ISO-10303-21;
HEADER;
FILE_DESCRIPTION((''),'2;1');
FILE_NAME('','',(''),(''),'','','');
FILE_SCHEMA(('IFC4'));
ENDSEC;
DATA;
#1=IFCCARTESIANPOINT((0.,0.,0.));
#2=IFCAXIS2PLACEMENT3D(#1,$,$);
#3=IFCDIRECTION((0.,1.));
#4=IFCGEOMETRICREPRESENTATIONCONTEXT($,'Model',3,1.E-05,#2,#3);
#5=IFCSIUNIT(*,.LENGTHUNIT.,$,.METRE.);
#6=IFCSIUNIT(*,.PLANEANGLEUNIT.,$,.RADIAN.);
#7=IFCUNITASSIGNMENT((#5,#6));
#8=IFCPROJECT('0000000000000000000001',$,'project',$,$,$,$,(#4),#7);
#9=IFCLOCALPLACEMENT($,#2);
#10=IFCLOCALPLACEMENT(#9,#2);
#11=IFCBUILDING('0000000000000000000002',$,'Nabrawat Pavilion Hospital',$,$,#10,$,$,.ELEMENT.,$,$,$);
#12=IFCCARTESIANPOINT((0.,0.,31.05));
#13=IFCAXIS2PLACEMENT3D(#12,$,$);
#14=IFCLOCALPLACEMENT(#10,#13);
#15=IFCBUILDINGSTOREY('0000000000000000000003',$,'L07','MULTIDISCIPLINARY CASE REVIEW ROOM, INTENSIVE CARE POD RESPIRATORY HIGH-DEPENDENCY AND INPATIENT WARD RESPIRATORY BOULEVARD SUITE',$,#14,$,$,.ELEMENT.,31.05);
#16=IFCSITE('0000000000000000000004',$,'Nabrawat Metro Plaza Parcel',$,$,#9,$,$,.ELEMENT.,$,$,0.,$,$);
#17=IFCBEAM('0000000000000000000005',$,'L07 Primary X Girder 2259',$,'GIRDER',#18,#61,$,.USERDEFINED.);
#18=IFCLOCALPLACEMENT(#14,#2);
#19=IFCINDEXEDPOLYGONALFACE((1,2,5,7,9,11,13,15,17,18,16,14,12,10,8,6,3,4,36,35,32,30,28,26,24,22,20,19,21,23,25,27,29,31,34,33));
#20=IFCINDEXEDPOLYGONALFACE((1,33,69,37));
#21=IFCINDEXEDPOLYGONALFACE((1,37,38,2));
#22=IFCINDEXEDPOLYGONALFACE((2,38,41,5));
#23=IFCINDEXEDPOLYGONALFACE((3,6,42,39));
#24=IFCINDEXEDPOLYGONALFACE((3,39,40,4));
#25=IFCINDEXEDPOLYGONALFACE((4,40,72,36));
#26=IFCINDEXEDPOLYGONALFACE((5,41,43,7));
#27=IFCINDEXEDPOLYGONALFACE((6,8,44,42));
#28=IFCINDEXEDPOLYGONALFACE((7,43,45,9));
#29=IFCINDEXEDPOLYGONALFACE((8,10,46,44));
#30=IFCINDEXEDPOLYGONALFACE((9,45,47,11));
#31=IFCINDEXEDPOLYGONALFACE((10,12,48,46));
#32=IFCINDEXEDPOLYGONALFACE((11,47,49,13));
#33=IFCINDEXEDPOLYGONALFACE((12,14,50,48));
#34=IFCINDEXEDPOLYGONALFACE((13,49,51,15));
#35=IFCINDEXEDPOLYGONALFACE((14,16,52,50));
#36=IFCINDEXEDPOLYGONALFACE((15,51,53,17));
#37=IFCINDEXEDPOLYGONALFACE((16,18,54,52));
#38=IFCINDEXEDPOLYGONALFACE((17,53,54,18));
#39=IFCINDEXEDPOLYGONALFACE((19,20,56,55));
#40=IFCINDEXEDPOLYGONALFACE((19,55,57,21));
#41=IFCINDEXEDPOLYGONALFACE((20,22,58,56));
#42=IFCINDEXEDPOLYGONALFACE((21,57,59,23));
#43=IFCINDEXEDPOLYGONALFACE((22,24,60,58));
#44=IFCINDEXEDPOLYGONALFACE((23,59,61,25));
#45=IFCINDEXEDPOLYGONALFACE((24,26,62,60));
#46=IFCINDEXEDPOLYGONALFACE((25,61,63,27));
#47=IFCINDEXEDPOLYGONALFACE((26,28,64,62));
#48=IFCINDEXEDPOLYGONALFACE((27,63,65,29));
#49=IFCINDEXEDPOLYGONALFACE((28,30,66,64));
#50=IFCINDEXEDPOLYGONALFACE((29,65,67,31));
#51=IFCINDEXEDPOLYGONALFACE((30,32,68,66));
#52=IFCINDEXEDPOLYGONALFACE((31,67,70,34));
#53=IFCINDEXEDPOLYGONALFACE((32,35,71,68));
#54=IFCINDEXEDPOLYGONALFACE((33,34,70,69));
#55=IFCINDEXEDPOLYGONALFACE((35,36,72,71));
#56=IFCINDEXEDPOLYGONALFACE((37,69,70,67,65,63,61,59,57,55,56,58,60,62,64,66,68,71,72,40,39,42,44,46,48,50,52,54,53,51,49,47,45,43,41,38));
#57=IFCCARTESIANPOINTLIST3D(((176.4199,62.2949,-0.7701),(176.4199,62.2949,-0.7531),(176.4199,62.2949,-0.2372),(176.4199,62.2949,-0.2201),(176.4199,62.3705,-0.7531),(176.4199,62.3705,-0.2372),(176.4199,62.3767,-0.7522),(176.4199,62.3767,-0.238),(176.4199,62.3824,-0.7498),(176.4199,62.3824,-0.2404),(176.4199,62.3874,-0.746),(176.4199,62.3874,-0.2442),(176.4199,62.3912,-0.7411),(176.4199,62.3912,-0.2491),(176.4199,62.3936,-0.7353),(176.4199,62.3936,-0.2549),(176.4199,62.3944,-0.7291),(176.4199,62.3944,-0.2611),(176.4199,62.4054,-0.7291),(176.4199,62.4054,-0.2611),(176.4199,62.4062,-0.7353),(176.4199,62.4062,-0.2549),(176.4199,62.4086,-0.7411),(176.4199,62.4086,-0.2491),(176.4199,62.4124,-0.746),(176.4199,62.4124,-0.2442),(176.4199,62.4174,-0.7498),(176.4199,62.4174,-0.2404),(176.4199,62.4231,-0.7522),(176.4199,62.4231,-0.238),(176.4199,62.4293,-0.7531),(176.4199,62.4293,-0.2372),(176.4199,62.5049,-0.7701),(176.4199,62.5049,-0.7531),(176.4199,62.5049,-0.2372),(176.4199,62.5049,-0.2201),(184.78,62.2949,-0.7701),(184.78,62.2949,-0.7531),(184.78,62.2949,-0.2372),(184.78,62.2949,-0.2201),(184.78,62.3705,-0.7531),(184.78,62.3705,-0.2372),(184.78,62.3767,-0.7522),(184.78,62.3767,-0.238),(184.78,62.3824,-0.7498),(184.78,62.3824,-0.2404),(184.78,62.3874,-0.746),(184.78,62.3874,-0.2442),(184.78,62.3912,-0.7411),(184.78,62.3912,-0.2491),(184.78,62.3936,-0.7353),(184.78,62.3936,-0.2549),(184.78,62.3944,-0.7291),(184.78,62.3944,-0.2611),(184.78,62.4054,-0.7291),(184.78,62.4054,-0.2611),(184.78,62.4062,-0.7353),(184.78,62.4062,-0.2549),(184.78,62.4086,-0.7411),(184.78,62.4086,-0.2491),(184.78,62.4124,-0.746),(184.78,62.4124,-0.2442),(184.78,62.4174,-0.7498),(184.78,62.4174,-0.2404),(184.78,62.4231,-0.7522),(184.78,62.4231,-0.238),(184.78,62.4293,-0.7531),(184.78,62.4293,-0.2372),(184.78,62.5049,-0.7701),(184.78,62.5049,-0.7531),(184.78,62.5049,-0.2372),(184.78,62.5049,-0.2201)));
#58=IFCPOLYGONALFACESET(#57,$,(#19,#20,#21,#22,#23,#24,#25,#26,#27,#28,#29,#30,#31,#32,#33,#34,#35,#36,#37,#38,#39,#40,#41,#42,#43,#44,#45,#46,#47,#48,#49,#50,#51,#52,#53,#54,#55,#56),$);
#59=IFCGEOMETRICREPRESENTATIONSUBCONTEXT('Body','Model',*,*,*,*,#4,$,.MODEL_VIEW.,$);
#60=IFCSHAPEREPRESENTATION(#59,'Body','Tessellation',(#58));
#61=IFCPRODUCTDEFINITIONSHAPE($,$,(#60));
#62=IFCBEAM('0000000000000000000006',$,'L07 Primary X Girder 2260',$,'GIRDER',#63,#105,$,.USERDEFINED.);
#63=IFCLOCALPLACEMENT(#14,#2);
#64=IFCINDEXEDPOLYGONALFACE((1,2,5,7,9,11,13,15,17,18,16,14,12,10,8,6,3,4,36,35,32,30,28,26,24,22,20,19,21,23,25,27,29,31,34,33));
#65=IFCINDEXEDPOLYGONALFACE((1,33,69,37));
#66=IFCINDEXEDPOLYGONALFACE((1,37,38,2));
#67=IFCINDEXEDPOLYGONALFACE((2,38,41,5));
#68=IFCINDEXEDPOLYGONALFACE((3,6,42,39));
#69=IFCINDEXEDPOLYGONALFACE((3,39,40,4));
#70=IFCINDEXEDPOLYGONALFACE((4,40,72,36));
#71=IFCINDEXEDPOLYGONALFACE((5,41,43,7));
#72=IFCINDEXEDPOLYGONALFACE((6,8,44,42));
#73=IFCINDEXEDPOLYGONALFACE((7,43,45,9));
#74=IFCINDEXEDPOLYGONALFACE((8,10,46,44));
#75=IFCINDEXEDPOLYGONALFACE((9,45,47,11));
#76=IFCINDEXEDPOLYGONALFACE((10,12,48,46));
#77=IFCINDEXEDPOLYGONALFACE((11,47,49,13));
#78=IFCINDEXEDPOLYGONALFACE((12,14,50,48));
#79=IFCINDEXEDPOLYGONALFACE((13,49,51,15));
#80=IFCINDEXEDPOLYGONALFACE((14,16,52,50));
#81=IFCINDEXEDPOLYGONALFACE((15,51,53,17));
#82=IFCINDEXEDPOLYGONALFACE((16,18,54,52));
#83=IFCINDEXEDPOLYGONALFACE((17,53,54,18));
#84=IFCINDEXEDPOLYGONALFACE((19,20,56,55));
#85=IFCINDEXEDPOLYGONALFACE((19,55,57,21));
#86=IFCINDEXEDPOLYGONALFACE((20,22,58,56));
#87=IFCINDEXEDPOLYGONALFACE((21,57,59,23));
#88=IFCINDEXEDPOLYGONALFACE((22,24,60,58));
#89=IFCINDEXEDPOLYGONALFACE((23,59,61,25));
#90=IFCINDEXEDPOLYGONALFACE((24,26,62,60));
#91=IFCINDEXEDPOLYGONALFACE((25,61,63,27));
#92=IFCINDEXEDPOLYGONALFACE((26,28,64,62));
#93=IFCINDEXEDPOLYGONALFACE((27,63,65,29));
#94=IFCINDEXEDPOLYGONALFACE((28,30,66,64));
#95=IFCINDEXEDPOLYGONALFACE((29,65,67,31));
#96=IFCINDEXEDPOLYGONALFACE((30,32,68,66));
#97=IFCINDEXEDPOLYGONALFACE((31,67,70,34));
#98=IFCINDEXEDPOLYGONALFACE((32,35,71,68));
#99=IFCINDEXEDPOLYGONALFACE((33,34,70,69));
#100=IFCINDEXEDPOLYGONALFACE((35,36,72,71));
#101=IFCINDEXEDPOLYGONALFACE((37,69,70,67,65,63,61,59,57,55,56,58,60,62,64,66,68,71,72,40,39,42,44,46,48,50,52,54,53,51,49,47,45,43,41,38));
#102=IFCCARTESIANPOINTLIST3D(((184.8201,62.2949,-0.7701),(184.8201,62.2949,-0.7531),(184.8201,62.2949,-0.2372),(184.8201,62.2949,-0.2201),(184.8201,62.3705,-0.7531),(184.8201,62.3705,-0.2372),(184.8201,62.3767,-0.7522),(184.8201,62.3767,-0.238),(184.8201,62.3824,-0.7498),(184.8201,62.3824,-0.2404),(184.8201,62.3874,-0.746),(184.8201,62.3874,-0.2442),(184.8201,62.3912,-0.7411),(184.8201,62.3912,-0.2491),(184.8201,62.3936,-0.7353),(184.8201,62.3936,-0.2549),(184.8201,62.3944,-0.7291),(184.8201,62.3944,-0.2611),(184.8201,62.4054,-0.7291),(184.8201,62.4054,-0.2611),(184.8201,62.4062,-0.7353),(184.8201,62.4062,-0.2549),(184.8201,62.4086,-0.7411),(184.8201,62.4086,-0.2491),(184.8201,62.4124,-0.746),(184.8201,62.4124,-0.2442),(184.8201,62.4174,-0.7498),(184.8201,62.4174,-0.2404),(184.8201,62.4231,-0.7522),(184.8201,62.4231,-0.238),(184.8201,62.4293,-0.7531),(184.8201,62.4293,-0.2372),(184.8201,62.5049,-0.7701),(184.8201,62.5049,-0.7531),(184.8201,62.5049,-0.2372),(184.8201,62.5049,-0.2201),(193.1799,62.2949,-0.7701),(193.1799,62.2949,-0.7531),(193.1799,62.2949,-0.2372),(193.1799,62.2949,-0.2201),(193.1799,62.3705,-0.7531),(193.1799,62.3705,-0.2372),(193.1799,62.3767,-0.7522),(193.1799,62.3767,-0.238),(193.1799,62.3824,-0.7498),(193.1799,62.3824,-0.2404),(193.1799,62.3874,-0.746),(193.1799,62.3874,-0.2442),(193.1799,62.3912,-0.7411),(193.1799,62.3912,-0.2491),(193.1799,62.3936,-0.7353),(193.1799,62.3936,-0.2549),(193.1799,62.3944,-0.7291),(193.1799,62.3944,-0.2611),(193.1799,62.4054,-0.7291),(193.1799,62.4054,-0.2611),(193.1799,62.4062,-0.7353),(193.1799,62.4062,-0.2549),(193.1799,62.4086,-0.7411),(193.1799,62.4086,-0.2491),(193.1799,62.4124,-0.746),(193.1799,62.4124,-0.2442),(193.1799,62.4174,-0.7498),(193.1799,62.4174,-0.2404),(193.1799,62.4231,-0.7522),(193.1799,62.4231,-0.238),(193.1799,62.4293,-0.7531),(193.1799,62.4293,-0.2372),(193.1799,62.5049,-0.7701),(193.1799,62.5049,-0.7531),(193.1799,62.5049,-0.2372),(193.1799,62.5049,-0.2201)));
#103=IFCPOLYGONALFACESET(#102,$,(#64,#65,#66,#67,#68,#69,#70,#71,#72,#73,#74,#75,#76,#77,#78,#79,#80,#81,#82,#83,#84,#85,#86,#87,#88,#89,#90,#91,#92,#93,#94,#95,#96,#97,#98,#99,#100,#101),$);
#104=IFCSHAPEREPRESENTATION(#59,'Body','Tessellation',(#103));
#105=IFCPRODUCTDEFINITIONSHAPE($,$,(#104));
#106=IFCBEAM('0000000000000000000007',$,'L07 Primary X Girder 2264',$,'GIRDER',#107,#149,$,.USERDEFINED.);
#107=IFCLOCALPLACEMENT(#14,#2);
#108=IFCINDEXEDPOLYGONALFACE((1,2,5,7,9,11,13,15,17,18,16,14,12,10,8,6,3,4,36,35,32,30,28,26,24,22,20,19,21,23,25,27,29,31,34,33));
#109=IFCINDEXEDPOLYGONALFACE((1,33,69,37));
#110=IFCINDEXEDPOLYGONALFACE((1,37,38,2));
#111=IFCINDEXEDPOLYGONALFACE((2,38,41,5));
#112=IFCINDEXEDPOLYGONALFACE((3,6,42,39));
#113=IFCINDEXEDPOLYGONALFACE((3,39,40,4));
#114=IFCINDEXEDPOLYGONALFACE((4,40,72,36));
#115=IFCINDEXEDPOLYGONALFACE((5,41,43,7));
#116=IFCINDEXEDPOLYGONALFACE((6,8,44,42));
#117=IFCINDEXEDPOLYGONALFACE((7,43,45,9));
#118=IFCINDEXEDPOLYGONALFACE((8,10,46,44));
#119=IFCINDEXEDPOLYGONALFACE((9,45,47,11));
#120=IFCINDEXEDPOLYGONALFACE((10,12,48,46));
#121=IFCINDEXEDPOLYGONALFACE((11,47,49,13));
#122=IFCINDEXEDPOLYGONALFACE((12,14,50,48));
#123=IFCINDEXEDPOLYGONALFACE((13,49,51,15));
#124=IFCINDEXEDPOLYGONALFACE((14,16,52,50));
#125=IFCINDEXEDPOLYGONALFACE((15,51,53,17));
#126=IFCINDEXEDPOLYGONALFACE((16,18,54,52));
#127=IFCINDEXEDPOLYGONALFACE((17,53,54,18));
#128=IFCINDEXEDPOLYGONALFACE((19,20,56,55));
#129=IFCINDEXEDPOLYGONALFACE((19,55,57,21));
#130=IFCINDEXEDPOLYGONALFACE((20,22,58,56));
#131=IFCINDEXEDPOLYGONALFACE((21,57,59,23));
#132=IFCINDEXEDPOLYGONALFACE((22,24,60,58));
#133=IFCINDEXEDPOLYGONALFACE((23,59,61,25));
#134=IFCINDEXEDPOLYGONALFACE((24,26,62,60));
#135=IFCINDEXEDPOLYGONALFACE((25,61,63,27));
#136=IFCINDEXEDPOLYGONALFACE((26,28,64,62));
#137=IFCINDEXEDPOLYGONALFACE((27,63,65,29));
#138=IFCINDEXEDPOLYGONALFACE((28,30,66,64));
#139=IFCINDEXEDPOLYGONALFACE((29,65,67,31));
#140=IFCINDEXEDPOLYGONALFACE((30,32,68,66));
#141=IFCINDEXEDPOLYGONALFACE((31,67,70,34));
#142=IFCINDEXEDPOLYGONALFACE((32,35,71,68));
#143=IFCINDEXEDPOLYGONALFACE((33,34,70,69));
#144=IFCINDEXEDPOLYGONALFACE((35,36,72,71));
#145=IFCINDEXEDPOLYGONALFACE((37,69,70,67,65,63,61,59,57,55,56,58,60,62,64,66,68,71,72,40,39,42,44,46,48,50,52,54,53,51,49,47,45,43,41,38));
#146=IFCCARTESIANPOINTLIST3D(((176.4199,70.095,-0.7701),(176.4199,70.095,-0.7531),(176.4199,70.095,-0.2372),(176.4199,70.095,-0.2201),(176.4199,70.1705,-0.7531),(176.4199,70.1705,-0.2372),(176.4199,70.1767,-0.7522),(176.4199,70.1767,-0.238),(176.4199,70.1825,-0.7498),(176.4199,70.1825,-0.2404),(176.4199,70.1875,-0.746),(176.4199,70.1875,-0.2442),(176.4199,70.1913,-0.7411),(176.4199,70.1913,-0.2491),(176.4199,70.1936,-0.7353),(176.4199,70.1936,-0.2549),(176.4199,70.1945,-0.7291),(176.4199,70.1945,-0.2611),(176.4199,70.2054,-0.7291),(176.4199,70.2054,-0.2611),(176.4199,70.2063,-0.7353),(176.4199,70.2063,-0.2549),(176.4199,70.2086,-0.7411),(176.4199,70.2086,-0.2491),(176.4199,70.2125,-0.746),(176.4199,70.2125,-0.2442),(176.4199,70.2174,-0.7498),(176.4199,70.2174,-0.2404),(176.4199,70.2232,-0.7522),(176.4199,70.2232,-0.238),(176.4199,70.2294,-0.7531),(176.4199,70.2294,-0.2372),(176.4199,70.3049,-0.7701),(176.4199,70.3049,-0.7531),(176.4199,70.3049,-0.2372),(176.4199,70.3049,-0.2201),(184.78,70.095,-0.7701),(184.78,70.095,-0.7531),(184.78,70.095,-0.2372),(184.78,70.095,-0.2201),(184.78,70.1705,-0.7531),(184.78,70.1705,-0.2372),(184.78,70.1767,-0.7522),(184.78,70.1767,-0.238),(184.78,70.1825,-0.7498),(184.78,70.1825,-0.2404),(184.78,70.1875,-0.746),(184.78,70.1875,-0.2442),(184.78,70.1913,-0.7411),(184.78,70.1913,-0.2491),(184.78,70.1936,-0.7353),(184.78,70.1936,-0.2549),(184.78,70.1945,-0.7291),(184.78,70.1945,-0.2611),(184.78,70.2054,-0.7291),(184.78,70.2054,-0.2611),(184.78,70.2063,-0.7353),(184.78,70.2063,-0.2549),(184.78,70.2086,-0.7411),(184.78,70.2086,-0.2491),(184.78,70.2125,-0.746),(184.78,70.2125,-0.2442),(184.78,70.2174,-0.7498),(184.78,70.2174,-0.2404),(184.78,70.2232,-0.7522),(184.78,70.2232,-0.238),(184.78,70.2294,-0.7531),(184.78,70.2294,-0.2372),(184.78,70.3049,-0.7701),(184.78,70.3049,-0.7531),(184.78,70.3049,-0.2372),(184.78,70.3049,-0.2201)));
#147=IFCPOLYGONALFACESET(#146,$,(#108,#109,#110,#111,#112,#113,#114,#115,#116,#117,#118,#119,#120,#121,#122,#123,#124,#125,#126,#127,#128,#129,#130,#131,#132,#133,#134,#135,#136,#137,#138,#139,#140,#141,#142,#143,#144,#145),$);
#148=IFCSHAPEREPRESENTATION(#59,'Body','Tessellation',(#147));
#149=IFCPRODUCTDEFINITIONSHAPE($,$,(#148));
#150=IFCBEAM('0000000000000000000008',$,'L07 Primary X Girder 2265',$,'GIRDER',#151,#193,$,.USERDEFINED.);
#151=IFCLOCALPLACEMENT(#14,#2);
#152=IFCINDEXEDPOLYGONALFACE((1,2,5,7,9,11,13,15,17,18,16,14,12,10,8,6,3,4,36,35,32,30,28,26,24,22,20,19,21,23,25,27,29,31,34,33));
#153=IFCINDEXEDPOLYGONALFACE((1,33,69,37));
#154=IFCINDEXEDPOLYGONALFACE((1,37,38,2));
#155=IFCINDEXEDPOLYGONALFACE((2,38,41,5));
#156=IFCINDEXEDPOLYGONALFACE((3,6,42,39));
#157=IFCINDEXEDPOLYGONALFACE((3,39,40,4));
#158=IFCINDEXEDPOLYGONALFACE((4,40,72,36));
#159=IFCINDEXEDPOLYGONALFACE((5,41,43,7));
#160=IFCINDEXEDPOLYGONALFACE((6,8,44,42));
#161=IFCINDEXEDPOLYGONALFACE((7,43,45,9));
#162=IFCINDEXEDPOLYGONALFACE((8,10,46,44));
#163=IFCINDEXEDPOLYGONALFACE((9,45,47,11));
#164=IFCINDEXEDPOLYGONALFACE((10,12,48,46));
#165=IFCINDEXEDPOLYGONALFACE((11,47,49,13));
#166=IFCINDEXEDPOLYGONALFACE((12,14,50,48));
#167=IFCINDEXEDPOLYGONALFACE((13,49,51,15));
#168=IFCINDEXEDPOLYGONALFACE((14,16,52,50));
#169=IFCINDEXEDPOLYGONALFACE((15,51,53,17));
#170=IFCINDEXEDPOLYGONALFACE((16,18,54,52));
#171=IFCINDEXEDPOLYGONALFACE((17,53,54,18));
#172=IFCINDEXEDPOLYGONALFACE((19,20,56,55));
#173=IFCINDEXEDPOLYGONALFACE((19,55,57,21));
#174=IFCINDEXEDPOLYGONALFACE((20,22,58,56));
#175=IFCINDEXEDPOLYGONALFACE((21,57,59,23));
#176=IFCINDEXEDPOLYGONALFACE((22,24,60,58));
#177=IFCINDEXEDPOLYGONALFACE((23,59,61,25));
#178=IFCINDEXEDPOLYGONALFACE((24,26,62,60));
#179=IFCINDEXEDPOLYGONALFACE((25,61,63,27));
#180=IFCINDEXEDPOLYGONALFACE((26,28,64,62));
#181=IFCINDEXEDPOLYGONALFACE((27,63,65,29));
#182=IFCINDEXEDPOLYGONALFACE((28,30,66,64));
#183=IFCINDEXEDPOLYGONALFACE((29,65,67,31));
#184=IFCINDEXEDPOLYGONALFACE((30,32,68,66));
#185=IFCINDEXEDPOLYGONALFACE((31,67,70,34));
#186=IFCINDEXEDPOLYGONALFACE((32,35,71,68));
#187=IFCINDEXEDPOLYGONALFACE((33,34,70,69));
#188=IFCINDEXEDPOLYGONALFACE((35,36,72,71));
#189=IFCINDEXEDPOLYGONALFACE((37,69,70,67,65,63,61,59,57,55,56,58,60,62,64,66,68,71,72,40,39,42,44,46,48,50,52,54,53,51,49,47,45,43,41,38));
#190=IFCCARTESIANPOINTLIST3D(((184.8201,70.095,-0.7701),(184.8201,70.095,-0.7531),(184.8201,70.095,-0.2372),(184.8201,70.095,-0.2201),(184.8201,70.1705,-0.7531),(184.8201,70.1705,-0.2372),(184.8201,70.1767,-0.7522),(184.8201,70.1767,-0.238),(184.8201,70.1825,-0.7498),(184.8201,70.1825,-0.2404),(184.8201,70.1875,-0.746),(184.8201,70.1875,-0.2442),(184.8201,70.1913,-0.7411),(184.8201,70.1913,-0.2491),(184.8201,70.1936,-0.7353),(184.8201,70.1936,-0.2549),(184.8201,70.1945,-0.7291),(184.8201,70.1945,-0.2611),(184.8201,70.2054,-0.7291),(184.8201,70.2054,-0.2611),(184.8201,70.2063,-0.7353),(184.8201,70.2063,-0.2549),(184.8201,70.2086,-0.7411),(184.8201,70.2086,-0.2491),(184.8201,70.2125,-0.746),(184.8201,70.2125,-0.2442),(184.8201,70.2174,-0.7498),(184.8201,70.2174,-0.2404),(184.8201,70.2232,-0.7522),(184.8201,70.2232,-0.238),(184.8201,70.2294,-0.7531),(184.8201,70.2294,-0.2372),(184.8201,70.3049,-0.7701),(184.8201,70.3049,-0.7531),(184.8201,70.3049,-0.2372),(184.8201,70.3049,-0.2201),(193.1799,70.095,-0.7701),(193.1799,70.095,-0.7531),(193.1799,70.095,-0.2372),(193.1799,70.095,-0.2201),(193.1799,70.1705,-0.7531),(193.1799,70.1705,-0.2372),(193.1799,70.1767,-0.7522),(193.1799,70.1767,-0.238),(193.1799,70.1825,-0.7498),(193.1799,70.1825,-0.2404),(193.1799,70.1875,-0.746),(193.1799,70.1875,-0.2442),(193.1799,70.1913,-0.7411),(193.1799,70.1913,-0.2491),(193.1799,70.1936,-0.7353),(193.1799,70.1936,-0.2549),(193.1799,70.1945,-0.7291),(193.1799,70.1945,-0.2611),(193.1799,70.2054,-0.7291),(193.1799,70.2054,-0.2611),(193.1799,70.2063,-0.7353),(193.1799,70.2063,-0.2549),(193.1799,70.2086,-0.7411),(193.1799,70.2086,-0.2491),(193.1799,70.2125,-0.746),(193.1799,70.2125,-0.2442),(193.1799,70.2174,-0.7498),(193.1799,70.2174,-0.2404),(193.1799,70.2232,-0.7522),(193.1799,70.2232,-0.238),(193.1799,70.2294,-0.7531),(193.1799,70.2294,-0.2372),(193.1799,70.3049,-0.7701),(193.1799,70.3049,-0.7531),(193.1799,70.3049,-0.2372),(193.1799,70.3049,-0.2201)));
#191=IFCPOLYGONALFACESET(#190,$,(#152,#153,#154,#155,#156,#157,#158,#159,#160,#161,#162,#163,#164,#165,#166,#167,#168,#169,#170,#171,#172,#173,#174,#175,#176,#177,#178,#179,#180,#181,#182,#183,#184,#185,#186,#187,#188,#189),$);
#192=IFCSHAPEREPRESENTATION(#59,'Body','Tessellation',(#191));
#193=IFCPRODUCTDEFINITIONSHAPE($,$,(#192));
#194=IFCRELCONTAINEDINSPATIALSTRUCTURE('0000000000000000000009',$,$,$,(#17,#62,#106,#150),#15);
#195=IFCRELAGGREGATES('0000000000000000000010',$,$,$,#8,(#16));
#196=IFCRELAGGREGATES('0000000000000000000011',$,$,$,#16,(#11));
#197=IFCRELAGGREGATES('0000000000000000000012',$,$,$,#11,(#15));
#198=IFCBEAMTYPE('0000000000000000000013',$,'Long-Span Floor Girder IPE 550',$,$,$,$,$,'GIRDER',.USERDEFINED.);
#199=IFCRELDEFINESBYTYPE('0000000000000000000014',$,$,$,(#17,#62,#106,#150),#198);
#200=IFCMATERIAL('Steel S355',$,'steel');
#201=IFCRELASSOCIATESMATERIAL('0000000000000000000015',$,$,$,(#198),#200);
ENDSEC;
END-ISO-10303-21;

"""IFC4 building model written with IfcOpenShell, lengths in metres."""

from ifc_helpers import new_model, si_unit, direction, frame, origin, origin_2d, place, context, subcontext, project, spatial, i_section, extrude, material, material_profile, profile_set, type_object, element, save


model = new_model("IFC4")

# Units and contexts
model_context = context("Model", 3, precision=1e-05, world=origin(), true_north=direction((0.0, 1.0)))
body_context = subcontext(model_context, "Body", "Model", "MODEL_VIEW")
ifc_project = project(units=[si_unit("LENGTHUNIT", "METRE"), si_unit("PLANEANGLEUNIT", "RADIAN")], contexts=[model_context])

# Site, building, storey
site_placement = place(None, origin())
site = spatial("IfcSite", under=ifc_project, at=site_placement, Name="Nabrawat Metro Plaza Parcel", CompositionType="ELEMENT", RefElevation=0.0)
building_placement = place(site_placement, origin())
building = spatial("IfcBuilding", under=site, at=building_placement, Name="Nabrawat Pavilion Hospital", CompositionType="ELEMENT")
storey_placement = place(building_placement, frame((0.0, 0.0, 31.05)))
storey = spatial("IfcBuildingStorey", under=building, at=storey_placement, Name="L07", Description="MULTIDISCIPLINARY CASE REVIEW ROOM, INTENSIVE CARE POD RESPIRATORY HIGH-DEPENDENCY AND INPATIENT WARD RESPIRATORY BOULEVARD SUITE", CompositionType="ELEMENT", Elevation=31.05)

# Shared definitions
ifc_material_1 = material(Name="Steel S355", Category="steel")

# Beams
ifc_material_profile_1 = material_profile(ifc_material_1, i_section(OverallWidth=0.21, OverallDepth=0.55, WebThickness=0.011, FlangeThickness=0.0171, FilletRadius=0.0239, at=origin_2d()), Name="IPE 550")
ifc_profile_set_1 = profile_set([ifc_material_profile_1], Name="Steel S355")
beam_type_1 = type_object("IfcBeamType", Name="Long-Span Floor Girder IPE 550", ElementType="GIRDER", PredefinedType="USERDEFINED", material=ifc_profile_set_1)
beam_1_placement = place(storey_placement, frame((176.4199, 62.3999, -0.4951), z_axis=(1.0, 0.0, 0.0), x_axis=(0.0, 1.0, 0.0)))
element("IfcBeam", 1, at=beam_1_placement, inside=storey, type_object=beam_type_1, Name="L07 Primary X Girder 2259", ObjectType="GIRDER", PredefinedType="USERDEFINED", context=body_context, shape_type="SweptSolid", body=[
    extrude(i_section(OverallWidth=0.21, OverallDepth=0.55, WebThickness=0.011, FlangeThickness=0.0171, FilletRadius=0.0239, at=origin_2d()), origin(), (0.0, 0.0, 1.0), 8.3601),
])
beam_2_placement = place(storey_placement, frame((184.8201, 62.3999, -0.4951), z_axis=(1.0, 0.0, 0.0), x_axis=(0.0, 1.0, 0.0)))
element("IfcBeam", 2, at=beam_2_placement, inside=storey, type_object=beam_type_1, Name="L07 Primary X Girder 2260", ObjectType="GIRDER", PredefinedType="USERDEFINED", context=body_context, shape_type="SweptSolid", body=[
    extrude(i_section(OverallWidth=0.21, OverallDepth=0.55, WebThickness=0.011, FlangeThickness=0.0171, FilletRadius=0.0239, at=origin_2d()), origin(), (0.0, 0.0, 1.0), 8.3599),
])
beam_3_placement = place(storey_placement, frame((176.4199, 70.2, -0.4951), z_axis=(1.0, 0.0, 0.0), x_axis=(0.0, 1.0, 0.0)))
element("IfcBeam", 3, at=beam_3_placement, inside=storey, type_object=beam_type_1, Name="L07 Primary X Girder 2264", ObjectType="GIRDER", PredefinedType="USERDEFINED", context=body_context, shape_type="SweptSolid", body=[
    extrude(i_section(OverallWidth=0.21, OverallDepth=0.55, WebThickness=0.011, FlangeThickness=0.0171, FilletRadius=0.0239, at=origin_2d()), origin(), (0.0, 0.0, 1.0), 8.3601),
])
beam_4_placement = place(storey_placement, frame((184.8201, 70.2, -0.4951), z_axis=(1.0, 0.0, 0.0), x_axis=(0.0, 1.0, 0.0)))
element("IfcBeam", 4, at=beam_4_placement, inside=storey, type_object=beam_type_1, Name="L07 Primary X Girder 2265", ObjectType="GIRDER", PredefinedType="USERDEFINED", context=body_context, shape_type="SweptSolid", body=[
    extrude(i_section(OverallWidth=0.21, OverallDepth=0.55, WebThickness=0.011, FlangeThickness=0.0171, FilletRadius=0.0239, at=origin_2d()), origin(), (0.0, 0.0, 1.0), 8.3599),
])

save(model, "model.ifc")
